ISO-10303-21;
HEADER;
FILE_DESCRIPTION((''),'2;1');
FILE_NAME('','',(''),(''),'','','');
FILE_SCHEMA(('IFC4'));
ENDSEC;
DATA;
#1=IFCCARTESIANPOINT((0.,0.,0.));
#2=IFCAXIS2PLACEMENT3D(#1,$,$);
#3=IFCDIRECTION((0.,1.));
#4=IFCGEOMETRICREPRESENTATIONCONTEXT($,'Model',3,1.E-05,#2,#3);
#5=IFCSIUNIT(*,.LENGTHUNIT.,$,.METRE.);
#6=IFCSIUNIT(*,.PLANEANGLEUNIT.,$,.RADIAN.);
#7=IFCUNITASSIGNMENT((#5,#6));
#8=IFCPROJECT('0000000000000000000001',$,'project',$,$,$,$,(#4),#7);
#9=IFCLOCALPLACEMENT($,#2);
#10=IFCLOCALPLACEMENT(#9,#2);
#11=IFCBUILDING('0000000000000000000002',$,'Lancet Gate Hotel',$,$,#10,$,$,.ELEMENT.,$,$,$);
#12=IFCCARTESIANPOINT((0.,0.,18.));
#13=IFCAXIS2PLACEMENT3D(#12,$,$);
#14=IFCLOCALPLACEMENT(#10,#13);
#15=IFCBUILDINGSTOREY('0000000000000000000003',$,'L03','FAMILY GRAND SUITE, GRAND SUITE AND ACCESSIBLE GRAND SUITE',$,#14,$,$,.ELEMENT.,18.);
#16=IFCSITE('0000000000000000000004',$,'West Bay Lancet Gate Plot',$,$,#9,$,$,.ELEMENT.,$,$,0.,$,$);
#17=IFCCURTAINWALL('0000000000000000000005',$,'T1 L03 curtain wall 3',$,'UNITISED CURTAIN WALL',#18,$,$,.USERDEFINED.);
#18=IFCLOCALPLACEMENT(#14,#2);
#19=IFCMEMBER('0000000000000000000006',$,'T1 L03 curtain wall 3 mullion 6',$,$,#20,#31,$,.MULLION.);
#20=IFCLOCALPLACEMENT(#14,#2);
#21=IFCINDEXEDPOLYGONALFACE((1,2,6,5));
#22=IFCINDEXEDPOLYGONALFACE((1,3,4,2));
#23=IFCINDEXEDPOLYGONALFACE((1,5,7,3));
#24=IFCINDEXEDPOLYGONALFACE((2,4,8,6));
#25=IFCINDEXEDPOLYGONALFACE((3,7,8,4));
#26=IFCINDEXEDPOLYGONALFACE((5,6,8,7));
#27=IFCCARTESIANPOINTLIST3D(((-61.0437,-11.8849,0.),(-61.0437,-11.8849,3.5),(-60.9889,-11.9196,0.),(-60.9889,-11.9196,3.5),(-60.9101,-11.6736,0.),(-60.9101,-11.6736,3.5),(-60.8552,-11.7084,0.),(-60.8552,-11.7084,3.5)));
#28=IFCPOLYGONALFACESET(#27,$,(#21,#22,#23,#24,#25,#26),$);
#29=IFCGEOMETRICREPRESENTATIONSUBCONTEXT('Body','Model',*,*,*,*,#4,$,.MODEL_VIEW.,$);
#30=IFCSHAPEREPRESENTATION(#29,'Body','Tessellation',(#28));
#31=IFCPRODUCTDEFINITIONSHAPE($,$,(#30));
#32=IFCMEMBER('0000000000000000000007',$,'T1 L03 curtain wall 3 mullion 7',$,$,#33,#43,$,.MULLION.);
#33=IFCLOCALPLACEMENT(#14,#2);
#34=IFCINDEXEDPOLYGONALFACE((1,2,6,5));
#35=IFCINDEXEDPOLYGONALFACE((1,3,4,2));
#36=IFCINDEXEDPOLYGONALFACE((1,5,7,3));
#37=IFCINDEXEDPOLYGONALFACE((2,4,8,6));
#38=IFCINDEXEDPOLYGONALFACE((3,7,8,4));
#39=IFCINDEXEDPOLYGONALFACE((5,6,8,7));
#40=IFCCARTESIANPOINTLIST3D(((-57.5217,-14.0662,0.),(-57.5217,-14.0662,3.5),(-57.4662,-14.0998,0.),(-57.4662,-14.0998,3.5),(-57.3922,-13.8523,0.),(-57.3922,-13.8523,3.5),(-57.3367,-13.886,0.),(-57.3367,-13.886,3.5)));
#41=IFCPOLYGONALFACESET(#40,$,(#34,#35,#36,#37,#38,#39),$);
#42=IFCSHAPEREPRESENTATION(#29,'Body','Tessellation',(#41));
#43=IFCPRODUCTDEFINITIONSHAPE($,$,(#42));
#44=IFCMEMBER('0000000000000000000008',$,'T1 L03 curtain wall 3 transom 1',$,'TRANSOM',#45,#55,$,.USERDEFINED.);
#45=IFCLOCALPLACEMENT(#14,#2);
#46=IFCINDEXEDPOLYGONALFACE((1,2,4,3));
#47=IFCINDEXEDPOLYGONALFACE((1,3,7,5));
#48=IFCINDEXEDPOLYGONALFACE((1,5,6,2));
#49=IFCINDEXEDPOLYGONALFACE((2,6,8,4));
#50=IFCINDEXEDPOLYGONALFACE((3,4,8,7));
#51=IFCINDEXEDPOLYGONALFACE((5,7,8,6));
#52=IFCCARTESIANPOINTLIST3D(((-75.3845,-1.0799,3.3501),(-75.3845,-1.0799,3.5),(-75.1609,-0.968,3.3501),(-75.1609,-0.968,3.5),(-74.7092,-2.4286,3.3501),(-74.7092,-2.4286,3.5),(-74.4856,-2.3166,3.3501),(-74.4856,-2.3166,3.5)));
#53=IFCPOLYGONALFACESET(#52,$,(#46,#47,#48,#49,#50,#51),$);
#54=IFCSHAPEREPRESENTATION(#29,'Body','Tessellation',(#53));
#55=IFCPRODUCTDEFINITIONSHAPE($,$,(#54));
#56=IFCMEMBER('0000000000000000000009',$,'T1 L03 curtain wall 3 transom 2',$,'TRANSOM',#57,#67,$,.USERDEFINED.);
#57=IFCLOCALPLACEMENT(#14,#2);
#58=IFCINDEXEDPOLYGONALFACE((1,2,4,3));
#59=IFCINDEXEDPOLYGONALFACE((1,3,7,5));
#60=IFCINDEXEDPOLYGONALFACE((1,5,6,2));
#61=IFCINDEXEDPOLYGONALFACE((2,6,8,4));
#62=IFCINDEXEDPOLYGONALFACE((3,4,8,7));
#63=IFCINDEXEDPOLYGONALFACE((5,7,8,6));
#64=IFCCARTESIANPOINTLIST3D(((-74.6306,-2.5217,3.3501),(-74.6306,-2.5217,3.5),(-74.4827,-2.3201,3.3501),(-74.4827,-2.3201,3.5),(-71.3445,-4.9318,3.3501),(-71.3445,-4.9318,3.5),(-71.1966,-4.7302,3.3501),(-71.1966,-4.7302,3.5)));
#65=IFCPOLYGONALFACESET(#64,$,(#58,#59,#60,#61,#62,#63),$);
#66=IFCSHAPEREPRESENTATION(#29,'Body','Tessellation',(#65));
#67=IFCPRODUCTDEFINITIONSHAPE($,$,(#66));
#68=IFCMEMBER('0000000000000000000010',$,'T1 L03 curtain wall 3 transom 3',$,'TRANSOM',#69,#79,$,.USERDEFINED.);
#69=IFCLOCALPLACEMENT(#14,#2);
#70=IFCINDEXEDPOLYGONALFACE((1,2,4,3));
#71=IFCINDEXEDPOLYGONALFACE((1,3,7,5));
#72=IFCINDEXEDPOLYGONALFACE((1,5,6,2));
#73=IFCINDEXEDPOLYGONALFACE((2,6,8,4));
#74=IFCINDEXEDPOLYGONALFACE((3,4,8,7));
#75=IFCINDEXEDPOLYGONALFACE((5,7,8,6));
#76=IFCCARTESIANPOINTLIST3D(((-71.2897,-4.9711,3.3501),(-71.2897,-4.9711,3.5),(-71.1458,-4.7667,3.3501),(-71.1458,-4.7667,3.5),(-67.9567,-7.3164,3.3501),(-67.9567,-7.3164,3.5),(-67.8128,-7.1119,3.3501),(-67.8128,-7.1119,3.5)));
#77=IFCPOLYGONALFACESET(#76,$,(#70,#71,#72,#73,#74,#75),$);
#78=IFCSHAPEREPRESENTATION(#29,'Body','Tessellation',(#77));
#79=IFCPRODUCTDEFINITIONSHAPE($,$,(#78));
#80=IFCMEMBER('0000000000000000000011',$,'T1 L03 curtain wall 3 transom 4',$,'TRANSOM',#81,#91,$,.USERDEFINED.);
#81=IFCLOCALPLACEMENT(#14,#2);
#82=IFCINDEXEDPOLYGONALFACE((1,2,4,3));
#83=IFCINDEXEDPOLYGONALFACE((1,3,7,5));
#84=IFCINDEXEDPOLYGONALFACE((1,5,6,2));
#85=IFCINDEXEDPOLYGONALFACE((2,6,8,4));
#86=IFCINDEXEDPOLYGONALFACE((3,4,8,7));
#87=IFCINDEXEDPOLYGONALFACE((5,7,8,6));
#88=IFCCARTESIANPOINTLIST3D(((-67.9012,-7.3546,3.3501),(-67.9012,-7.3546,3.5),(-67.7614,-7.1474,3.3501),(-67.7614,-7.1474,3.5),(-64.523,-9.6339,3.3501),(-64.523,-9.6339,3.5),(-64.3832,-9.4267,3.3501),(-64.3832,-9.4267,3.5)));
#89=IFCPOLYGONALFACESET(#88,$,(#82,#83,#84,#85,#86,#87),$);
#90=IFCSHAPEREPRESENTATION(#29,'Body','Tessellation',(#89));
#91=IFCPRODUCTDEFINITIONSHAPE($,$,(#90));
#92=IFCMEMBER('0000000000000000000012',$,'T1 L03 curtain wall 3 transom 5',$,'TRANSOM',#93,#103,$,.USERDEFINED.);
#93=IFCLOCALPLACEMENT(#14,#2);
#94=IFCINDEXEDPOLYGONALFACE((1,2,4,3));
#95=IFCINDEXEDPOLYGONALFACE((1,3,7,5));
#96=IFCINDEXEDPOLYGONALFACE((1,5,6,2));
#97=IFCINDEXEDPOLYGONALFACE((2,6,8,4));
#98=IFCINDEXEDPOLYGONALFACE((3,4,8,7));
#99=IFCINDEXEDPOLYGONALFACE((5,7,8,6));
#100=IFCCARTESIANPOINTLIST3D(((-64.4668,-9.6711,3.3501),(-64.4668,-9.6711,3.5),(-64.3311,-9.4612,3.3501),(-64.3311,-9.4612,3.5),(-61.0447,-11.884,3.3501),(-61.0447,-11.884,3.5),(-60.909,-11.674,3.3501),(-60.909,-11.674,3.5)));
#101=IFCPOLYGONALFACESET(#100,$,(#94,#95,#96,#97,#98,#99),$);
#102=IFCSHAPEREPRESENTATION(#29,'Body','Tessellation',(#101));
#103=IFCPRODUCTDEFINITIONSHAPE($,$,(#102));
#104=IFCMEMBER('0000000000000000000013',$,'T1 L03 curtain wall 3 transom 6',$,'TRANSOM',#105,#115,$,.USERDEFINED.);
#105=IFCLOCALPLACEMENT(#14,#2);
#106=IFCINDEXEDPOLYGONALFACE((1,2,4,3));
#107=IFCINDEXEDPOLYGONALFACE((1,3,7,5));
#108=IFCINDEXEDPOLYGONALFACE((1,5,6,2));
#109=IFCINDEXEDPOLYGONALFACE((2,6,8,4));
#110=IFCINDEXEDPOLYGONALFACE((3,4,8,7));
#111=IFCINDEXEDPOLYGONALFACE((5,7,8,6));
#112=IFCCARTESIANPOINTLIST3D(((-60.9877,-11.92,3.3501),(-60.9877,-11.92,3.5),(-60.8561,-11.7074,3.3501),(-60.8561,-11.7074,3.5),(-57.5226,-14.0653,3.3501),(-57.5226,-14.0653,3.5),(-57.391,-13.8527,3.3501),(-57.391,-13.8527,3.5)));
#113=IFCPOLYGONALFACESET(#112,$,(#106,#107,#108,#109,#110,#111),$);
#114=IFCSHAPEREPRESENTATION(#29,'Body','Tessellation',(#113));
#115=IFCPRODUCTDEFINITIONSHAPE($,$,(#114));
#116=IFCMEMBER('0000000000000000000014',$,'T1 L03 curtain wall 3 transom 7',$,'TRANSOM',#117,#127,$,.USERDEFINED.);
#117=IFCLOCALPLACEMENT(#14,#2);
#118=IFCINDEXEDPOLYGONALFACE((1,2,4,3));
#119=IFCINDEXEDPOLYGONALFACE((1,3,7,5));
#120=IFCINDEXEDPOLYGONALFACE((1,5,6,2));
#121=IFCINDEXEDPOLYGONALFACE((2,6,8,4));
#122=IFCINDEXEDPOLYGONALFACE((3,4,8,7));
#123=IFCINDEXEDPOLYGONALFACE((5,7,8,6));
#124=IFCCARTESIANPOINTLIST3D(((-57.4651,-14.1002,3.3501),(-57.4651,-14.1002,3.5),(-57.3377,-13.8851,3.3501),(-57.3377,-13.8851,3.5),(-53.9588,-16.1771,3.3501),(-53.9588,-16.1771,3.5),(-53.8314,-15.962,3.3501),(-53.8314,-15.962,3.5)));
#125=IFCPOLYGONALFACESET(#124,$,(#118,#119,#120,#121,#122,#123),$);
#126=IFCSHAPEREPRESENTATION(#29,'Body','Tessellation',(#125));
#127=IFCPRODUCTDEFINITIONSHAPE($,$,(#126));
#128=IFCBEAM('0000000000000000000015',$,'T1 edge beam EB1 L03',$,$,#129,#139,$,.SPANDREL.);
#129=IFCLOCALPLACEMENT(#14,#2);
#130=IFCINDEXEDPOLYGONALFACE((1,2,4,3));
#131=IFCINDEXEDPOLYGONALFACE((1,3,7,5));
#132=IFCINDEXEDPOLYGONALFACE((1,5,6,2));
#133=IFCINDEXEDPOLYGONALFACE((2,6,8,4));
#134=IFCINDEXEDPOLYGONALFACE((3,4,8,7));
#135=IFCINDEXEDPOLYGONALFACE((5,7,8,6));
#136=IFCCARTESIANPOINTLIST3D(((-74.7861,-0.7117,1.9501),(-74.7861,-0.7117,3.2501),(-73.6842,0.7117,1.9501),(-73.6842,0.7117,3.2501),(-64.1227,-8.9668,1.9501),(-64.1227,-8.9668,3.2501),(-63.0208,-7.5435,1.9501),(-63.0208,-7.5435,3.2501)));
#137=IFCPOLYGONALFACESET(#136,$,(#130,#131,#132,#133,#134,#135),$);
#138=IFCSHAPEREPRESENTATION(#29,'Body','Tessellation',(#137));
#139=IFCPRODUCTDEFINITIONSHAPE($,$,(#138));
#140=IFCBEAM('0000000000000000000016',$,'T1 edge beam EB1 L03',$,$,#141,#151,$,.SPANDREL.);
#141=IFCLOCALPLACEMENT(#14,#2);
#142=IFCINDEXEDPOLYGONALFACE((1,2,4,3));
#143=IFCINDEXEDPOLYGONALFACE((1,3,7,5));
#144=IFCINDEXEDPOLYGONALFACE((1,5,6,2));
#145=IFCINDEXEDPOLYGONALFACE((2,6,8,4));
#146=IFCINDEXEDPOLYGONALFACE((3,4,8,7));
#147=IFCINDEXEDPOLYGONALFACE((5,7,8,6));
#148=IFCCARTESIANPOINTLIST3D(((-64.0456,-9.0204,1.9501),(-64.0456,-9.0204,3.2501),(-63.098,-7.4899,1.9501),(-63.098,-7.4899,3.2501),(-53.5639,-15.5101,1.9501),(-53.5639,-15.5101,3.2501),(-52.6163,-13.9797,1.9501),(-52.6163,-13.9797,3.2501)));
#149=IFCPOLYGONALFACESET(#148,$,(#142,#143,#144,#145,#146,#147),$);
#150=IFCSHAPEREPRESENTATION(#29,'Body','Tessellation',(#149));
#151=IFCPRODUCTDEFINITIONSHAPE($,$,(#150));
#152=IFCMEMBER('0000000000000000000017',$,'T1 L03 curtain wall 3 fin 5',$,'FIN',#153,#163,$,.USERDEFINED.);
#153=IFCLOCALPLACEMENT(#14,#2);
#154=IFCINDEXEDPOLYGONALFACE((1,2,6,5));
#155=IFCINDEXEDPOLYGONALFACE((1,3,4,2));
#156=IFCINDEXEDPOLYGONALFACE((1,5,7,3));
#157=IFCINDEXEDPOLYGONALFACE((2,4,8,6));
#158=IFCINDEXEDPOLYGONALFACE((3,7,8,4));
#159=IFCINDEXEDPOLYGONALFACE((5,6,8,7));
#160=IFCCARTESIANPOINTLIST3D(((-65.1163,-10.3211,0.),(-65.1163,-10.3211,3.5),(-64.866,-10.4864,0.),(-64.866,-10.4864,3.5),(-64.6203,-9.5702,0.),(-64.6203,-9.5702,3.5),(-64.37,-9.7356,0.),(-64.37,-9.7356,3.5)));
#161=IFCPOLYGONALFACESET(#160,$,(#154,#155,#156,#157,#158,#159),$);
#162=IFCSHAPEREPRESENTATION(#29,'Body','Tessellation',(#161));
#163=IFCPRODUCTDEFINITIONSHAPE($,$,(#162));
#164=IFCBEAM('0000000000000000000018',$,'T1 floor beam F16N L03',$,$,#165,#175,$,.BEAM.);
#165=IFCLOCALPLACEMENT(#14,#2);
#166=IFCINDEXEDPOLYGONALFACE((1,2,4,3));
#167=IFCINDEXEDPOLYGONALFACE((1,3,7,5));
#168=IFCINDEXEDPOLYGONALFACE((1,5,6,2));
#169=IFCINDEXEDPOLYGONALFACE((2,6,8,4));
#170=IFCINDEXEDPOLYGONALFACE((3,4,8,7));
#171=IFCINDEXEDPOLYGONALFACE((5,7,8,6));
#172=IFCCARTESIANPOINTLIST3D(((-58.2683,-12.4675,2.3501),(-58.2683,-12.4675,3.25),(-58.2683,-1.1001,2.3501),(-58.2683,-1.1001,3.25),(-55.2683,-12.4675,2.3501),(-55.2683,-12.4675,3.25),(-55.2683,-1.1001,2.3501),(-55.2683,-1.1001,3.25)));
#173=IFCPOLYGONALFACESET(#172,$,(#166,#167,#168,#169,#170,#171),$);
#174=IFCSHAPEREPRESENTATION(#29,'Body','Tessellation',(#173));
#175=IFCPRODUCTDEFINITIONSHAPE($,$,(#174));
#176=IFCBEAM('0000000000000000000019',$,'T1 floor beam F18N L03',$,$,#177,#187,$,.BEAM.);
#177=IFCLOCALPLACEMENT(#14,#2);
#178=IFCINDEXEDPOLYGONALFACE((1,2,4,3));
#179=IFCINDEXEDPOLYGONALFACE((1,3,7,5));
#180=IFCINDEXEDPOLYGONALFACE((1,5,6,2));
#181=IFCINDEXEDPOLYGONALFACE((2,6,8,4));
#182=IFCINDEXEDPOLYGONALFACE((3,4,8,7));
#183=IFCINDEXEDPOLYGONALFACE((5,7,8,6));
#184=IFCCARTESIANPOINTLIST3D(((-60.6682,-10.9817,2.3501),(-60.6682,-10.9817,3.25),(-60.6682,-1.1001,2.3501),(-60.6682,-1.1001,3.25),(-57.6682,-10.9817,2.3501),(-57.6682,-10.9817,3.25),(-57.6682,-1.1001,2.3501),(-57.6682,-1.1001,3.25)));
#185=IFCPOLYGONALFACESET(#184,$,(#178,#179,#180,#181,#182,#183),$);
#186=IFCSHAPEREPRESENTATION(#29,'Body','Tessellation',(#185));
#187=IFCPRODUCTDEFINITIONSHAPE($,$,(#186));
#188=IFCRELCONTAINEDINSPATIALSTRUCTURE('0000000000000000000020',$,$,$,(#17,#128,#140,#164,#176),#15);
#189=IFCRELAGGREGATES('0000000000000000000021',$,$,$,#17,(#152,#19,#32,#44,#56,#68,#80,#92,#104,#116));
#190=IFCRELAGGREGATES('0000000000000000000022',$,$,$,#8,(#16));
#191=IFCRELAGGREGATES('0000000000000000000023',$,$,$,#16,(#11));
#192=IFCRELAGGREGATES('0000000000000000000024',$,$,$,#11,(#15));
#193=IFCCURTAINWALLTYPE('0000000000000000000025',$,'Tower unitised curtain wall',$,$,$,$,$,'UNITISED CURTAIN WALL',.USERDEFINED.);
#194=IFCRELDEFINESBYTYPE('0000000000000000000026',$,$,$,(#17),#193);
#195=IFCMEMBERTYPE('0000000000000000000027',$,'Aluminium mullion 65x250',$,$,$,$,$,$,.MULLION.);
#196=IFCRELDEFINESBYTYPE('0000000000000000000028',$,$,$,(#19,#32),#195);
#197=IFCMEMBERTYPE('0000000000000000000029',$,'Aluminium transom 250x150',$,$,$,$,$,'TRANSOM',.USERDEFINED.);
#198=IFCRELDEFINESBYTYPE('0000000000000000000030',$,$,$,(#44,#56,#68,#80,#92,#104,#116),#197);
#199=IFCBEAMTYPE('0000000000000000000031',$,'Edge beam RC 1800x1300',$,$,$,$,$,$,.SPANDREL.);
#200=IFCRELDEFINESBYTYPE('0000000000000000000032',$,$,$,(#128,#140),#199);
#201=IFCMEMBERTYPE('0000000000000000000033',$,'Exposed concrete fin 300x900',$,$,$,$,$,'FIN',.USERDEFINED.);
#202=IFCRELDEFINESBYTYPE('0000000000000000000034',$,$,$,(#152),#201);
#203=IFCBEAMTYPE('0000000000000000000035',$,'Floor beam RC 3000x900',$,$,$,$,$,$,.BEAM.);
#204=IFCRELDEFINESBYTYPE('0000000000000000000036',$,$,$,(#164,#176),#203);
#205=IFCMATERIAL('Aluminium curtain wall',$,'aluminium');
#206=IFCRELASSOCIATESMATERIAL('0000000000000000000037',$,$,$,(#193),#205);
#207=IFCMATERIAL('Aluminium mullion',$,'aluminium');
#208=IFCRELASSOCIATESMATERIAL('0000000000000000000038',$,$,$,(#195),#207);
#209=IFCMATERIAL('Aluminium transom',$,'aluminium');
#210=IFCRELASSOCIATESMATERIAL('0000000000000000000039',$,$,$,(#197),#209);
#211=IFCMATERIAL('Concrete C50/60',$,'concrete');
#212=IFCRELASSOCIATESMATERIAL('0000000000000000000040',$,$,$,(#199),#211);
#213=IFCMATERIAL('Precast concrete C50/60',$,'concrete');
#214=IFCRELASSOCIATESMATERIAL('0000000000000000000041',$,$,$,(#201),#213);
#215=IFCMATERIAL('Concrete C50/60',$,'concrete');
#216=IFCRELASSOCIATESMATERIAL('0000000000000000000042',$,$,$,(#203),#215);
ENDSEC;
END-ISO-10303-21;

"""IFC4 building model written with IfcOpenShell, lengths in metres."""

from ifc_helpers import new_model, si_unit, direction, frame, origin, origin_2d, place, context, subcontext, project, spatial, rectangle, extrude, material, material_profile, profile_set, type_object, element, aggregate, save


model = new_model("IFC4")

# Units and contexts
model_context = context("Model", 3, precision=1e-05, world=origin(), true_north=direction((0.0, 1.0)))
body_context = subcontext(model_context, "Body", "Model", "MODEL_VIEW")
ifc_project = project(units=[si_unit("LENGTHUNIT", "METRE"), si_unit("PLANEANGLEUNIT", "RADIAN")], contexts=[model_context])

# Site, building, storey
site_placement = place(None, origin())
site = spatial("IfcSite", under=ifc_project, at=site_placement, Name="West Bay Lancet Gate Plot", CompositionType="ELEMENT", RefElevation=0.0)
building_placement = place(site_placement, origin())
building = spatial("IfcBuilding", under=site, at=building_placement, Name="Lancet Gate Hotel", CompositionType="ELEMENT")
storey_placement = place(building_placement, frame((0.0, 0.0, 18.0)))
storey = spatial("IfcBuildingStorey", under=building, at=storey_placement, Name="L03", Description="FAMILY GRAND SUITE, GRAND SUITE AND ACCESSIBLE GRAND SUITE", CompositionType="ELEMENT", Elevation=18.0)

# Curtain wall, members
ifc_material_1 = material(Name="Aluminium curtain wall", Category="aluminium")
curtain_wall_type = type_object("IfcCurtainWallType", Name="Tower unitised curtain wall", ElementType="UNITISED CURTAIN WALL", PredefinedType="USERDEFINED", material=ifc_material_1)
curtain_wall_placement = place(storey_placement, origin())
curtain_wall = element("IfcCurtainWall", 1, at=curtain_wall_placement, inside=storey, type_object=curtain_wall_type, Name="T1 L03 curtain wall 3", ObjectType="UNITISED CURTAIN WALL", PredefinedType="USERDEFINED")
ifc_material_2 = material(Name="Aluminium mullion", Category="aluminium")
ifc_material_profile_1 = material_profile(ifc_material_2, rectangle(XDim=0.0649, YDim=0.25, at=origin_2d()), Name="MULLION 65x250")
ifc_profile_set_1 = profile_set([ifc_material_profile_1], Name="Aluminium mullion")
member_type_1 = type_object("IfcMemberType", Name="Aluminium mullion 65x250", PredefinedType="MULLION", material=ifc_profile_set_1)
member_1_placement = place(storey_placement, frame((-60.9495, -11.7966, 0.0), z_axis=(0.0, 0.0, 1.0), x_axis=(0.845029, -0.53472, 0.0)))
member_1 = element("IfcMember", 2, at=member_1_placement, type_object=member_type_1, Name="T1 L03 curtain wall 3 mullion 6", PredefinedType="MULLION", context=body_context, shape_type="SweptSolid", body=[
    extrude(rectangle(XDim=0.0649, YDim=0.25, at=origin_2d()), origin(), (0.0, 0.0, 1.0), 3.5),
])
member_2_placement = place(storey_placement, frame((-57.4292, -13.9761, 0.0), z_axis=(0.0, 0.0, 1.0), x_axis=(0.855346, -0.518057, 0.0)))
member_2 = element("IfcMember", 3, at=member_2_placement, type_object=member_type_1, Name="T1 L03 curtain wall 3 mullion 7", PredefinedType="MULLION", context=body_context, shape_type="SweptSolid", body=[
    extrude(rectangle(XDim=0.0649, YDim=0.25, at=origin_2d()), origin(), (0.0, 0.0, 1.0), 3.5),
])
ifc_material_3 = material(Name="Aluminium transom", Category="aluminium")
ifc_material_profile_2 = material_profile(ifc_material_3, rectangle(XDim=0.25, YDim=0.1499, at=origin_2d()), Name="TRANSOM 250x150")
ifc_profile_set_2 = profile_set([ifc_material_profile_2], Name="Aluminium transom")
member_type_2 = type_object("IfcMemberType", Name="Aluminium transom 250x150", ElementType="TRANSOM", PredefinedType="USERDEFINED", material=ifc_profile_set_2)
member_3_placement = place(storey_placement, frame((-75.2727, -1.0239, 3.425), z_axis=(0.447732, -0.894168, 0.0), x_axis=(0.894168, 0.447732, 0.0)))
member_3 = element("IfcMember", 4, at=member_3_placement, type_object=member_type_2, Name="T1 L03 curtain wall 3 transom 1", ObjectType="TRANSOM", PredefinedType="USERDEFINED", context=body_context, shape_type="SweptSolid", body=[
    extrude(rectangle(XDim=0.25, YDim=0.1499, at=origin_2d()), origin(), (0.0, 0.0, 1.0), 1.5083),
])
member_4_placement = place(storey_placement, frame((-74.5566, -2.4209, 3.425), z_axis=(0.806367, -0.591416, 0.0), x_axis=(0.591416, 0.806367, 0.0)))
member_4 = element("IfcMember", 5, at=member_4_placement, type_object=member_type_2, Name="T1 L03 curtain wall 3 transom 2", ObjectType="TRANSOM", PredefinedType="USERDEFINED", context=body_context, shape_type="SweptSolid", body=[
    extrude(rectangle(XDim=0.25, YDim=0.1499, at=origin_2d()), origin(), (0.0, 0.0, 1.0), 4.0752),
])
member_5_placement = place(storey_placement, frame((-71.2178, -4.8689, 3.425), z_axis=(0.817834, -0.575455, 0.0), x_axis=(0.575455, 0.817834, 0.0)))
member_5 = element("IfcMember", 6, at=member_5_placement, type_object=member_type_2, Name="T1 L03 curtain wall 3 transom 3", ObjectType="TRANSOM", PredefinedType="USERDEFINED", context=body_context, shape_type="SweptSolid", body=[
    extrude(rectangle(XDim=0.25, YDim=0.1499, at=origin_2d()), origin(), (0.0, 0.0, 1.0), 4.0754),
])
member_6_placement = place(storey_placement, frame((-67.8313, -7.251, 3.425), z_axis=(0.828959, -0.559309, 0.0), x_axis=(0.559309, 0.828959, 0.0)))
member_6 = element("IfcMember", 7, at=member_6_placement, type_object=member_type_2, Name="T1 L03 curtain wall 3 transom 4", ObjectType="TRANSOM", PredefinedType="USERDEFINED", context=body_context, shape_type="SweptSolid", body=[
    extrude(rectangle(XDim=0.25, YDim=0.1499, at=origin_2d()), origin(), (0.0, 0.0, 1.0), 4.0752),
])
member_7_placement = place(storey_placement, frame((-64.3989, -9.5662, 3.425), z_axis=(0.839729, -0.543005, 0.0), x_axis=(0.543005, 0.839729, 0.0)))
member_7 = element("IfcMember", 8, at=member_7_placement, type_object=member_type_2, Name="T1 L03 curtain wall 3 transom 5", ObjectType="TRANSOM", PredefinedType="USERDEFINED", context=body_context, shape_type="SweptSolid", body=[
    extrude(rectangle(XDim=0.25, YDim=0.1499, at=origin_2d()), origin(), (0.0, 0.0, 1.0), 4.0752),
])
member_8_placement = place(storey_placement, frame((-60.9219, -11.8137, 3.425), z_axis=(0.850242, -0.526392, 0.0), x_axis=(0.526392, 0.850242, 0.0)))
member_8 = element("IfcMember", 9, at=member_8_placement, type_object=member_type_2, Name="T1 L03 curtain wall 3 transom 6", ObjectType="TRANSOM", PredefinedType="USERDEFINED", context=body_context, shape_type="SweptSolid", body=[
    extrude(rectangle(XDim=0.25, YDim=0.1499, at=origin_2d()), origin(), (0.0, 0.0, 1.0), 4.0754),
])
member_9_placement = place(storey_placement, frame((-57.4014, -13.9927, 3.425), z_axis=(0.860392, -0.509633, 0.0), x_axis=(0.509633, 0.860392, 0.0)))
member_9 = element("IfcMember", 10, at=member_9_placement, type_object=member_type_2, Name="T1 L03 curtain wall 3 transom 7", ObjectType="TRANSOM", PredefinedType="USERDEFINED", context=body_context, shape_type="SweptSolid", body=[
    extrude(rectangle(XDim=0.25, YDim=0.1499, at=origin_2d()), origin(), (0.0, 0.0, 1.0), 4.0752),
])

# Beams
ifc_material_4 = material(Name="Concrete C50/60", Category="concrete")
ifc_material_profile_3 = material_profile(ifc_material_4, rectangle(XDim=1.8, YDim=1.3, at=origin_2d()), Name="RC 1800x1300")
ifc_profile_set_3 = profile_set([ifc_material_profile_3], Name="Concrete C50/60")
beam_type_1 = type_object("IfcBeamType", Name="Edge beam RC 1800x1300", PredefinedType="SPANDREL", material=ifc_profile_set_3)
beam_1_placement = place(storey_placement, frame((-74.2351, 0.0, 2.6001), z_axis=(0.790736, -0.612157, 0.0), x_axis=(0.612157, 0.790736, 0.0)))
element("IfcBeam", 11, at=beam_1_placement, inside=storey, type_object=beam_type_1, Name="T1 edge beam EB1 L03", PredefinedType="SPANDREL", context=body_context, shape_type="SweptSolid", body=[
    extrude(rectangle(XDim=1.8, YDim=1.3, at=origin_2d()), origin(), (0.0, 0.0, 1.0), 13.4854),
])
beam_2_placement = place(storey_placement, frame((-63.5718, -8.2551, 2.6001), z_axis=(0.850226, -0.526418, 0.0), x_axis=(0.526418, 0.850226, 0.0)))
element("IfcBeam", 12, at=beam_2_placement, inside=storey, type_object=beam_type_1, Name="T1 edge beam EB1 L03", PredefinedType="SPANDREL", context=body_context, shape_type="SweptSolid", body=[
    extrude(rectangle(XDim=1.8, YDim=1.3, at=origin_2d()), origin(), (0.0, 0.0, 1.0), 12.3281),
])

# Member
ifc_material_5 = material(Name="Precast concrete C50/60", Category="concrete")
ifc_material_profile_4 = material_profile(ifc_material_5, rectangle(XDim=0.3, YDim=0.8999, at=origin_2d()), Name="FIN 300x900")
ifc_profile_set_4 = profile_set([ifc_material_profile_4], Name="Precast concrete C50/60")
member_type_3 = type_object("IfcMemberType", Name="Exposed concrete fin 300x900", ElementType="FIN", PredefinedType="USERDEFINED", material=ifc_profile_set_4)
member_10_placement = place(storey_placement, frame((-64.7432, -10.0283, 0.0), z_axis=(0.0, 0.0, 1.0), x_axis=(0.834387, -0.551178, 0.0)))
member_10 = element("IfcMember", 13, at=member_10_placement, type_object=member_type_3, Name="T1 L03 curtain wall 3 fin 5", ObjectType="FIN", PredefinedType="USERDEFINED", context=body_context, shape_type="SweptSolid", body=[
    extrude(rectangle(XDim=0.3, YDim=0.8999, at=origin_2d()), origin(), (0.0, 0.0, 1.0), 3.5),
])

# Beams
ifc_material_6 = material(Name="Concrete C50/60", Category="concrete")
ifc_material_profile_5 = material_profile(ifc_material_6, rectangle(XDim=3.0, YDim=0.8999, at=origin_2d()), Name="RC 3000x900")
ifc_profile_set_5 = profile_set([ifc_material_profile_5], Name="Concrete C50/60")
beam_type_2 = type_object("IfcBeamType", Name="Floor beam RC 3000x900", PredefinedType="BEAM", material=ifc_profile_set_5)
beam_3_placement = place(storey_placement, frame((-56.7683, -1.1001, 2.8), z_axis=(0.0, -1.0, 0.0), x_axis=(1.0, 0.0, 0.0)))
element("IfcBeam", 14, at=beam_3_placement, inside=storey, type_object=beam_type_2, Name="T1 floor beam F16N L03", PredefinedType="BEAM", context=body_context, shape_type="SweptSolid", body=[
    extrude(rectangle(XDim=3.0, YDim=0.8999, at=origin_2d()), origin(), (0.0, 0.0, 1.0), 11.3674),
])
beam_4_placement = place(storey_placement, frame((-59.1682, -1.1001, 2.8), z_axis=(0.0, -1.0, 0.0), x_axis=(1.0, 0.0, 0.0)))
element("IfcBeam", 15, at=beam_4_placement, inside=storey, type_object=beam_type_2, Name="T1 floor beam F18N L03", PredefinedType="BEAM", context=body_context, shape_type="SweptSolid", body=[
    extrude(rectangle(XDim=3.0, YDim=0.8999, at=origin_2d()), origin(), (0.0, 0.0, 1.0), 9.8816),
])

aggregate(curtain_wall, [member_10, member_1, member_2, member_3, member_4, member_5, member_6, member_7, member_8, member_9])

save(model, "model.ifc")
